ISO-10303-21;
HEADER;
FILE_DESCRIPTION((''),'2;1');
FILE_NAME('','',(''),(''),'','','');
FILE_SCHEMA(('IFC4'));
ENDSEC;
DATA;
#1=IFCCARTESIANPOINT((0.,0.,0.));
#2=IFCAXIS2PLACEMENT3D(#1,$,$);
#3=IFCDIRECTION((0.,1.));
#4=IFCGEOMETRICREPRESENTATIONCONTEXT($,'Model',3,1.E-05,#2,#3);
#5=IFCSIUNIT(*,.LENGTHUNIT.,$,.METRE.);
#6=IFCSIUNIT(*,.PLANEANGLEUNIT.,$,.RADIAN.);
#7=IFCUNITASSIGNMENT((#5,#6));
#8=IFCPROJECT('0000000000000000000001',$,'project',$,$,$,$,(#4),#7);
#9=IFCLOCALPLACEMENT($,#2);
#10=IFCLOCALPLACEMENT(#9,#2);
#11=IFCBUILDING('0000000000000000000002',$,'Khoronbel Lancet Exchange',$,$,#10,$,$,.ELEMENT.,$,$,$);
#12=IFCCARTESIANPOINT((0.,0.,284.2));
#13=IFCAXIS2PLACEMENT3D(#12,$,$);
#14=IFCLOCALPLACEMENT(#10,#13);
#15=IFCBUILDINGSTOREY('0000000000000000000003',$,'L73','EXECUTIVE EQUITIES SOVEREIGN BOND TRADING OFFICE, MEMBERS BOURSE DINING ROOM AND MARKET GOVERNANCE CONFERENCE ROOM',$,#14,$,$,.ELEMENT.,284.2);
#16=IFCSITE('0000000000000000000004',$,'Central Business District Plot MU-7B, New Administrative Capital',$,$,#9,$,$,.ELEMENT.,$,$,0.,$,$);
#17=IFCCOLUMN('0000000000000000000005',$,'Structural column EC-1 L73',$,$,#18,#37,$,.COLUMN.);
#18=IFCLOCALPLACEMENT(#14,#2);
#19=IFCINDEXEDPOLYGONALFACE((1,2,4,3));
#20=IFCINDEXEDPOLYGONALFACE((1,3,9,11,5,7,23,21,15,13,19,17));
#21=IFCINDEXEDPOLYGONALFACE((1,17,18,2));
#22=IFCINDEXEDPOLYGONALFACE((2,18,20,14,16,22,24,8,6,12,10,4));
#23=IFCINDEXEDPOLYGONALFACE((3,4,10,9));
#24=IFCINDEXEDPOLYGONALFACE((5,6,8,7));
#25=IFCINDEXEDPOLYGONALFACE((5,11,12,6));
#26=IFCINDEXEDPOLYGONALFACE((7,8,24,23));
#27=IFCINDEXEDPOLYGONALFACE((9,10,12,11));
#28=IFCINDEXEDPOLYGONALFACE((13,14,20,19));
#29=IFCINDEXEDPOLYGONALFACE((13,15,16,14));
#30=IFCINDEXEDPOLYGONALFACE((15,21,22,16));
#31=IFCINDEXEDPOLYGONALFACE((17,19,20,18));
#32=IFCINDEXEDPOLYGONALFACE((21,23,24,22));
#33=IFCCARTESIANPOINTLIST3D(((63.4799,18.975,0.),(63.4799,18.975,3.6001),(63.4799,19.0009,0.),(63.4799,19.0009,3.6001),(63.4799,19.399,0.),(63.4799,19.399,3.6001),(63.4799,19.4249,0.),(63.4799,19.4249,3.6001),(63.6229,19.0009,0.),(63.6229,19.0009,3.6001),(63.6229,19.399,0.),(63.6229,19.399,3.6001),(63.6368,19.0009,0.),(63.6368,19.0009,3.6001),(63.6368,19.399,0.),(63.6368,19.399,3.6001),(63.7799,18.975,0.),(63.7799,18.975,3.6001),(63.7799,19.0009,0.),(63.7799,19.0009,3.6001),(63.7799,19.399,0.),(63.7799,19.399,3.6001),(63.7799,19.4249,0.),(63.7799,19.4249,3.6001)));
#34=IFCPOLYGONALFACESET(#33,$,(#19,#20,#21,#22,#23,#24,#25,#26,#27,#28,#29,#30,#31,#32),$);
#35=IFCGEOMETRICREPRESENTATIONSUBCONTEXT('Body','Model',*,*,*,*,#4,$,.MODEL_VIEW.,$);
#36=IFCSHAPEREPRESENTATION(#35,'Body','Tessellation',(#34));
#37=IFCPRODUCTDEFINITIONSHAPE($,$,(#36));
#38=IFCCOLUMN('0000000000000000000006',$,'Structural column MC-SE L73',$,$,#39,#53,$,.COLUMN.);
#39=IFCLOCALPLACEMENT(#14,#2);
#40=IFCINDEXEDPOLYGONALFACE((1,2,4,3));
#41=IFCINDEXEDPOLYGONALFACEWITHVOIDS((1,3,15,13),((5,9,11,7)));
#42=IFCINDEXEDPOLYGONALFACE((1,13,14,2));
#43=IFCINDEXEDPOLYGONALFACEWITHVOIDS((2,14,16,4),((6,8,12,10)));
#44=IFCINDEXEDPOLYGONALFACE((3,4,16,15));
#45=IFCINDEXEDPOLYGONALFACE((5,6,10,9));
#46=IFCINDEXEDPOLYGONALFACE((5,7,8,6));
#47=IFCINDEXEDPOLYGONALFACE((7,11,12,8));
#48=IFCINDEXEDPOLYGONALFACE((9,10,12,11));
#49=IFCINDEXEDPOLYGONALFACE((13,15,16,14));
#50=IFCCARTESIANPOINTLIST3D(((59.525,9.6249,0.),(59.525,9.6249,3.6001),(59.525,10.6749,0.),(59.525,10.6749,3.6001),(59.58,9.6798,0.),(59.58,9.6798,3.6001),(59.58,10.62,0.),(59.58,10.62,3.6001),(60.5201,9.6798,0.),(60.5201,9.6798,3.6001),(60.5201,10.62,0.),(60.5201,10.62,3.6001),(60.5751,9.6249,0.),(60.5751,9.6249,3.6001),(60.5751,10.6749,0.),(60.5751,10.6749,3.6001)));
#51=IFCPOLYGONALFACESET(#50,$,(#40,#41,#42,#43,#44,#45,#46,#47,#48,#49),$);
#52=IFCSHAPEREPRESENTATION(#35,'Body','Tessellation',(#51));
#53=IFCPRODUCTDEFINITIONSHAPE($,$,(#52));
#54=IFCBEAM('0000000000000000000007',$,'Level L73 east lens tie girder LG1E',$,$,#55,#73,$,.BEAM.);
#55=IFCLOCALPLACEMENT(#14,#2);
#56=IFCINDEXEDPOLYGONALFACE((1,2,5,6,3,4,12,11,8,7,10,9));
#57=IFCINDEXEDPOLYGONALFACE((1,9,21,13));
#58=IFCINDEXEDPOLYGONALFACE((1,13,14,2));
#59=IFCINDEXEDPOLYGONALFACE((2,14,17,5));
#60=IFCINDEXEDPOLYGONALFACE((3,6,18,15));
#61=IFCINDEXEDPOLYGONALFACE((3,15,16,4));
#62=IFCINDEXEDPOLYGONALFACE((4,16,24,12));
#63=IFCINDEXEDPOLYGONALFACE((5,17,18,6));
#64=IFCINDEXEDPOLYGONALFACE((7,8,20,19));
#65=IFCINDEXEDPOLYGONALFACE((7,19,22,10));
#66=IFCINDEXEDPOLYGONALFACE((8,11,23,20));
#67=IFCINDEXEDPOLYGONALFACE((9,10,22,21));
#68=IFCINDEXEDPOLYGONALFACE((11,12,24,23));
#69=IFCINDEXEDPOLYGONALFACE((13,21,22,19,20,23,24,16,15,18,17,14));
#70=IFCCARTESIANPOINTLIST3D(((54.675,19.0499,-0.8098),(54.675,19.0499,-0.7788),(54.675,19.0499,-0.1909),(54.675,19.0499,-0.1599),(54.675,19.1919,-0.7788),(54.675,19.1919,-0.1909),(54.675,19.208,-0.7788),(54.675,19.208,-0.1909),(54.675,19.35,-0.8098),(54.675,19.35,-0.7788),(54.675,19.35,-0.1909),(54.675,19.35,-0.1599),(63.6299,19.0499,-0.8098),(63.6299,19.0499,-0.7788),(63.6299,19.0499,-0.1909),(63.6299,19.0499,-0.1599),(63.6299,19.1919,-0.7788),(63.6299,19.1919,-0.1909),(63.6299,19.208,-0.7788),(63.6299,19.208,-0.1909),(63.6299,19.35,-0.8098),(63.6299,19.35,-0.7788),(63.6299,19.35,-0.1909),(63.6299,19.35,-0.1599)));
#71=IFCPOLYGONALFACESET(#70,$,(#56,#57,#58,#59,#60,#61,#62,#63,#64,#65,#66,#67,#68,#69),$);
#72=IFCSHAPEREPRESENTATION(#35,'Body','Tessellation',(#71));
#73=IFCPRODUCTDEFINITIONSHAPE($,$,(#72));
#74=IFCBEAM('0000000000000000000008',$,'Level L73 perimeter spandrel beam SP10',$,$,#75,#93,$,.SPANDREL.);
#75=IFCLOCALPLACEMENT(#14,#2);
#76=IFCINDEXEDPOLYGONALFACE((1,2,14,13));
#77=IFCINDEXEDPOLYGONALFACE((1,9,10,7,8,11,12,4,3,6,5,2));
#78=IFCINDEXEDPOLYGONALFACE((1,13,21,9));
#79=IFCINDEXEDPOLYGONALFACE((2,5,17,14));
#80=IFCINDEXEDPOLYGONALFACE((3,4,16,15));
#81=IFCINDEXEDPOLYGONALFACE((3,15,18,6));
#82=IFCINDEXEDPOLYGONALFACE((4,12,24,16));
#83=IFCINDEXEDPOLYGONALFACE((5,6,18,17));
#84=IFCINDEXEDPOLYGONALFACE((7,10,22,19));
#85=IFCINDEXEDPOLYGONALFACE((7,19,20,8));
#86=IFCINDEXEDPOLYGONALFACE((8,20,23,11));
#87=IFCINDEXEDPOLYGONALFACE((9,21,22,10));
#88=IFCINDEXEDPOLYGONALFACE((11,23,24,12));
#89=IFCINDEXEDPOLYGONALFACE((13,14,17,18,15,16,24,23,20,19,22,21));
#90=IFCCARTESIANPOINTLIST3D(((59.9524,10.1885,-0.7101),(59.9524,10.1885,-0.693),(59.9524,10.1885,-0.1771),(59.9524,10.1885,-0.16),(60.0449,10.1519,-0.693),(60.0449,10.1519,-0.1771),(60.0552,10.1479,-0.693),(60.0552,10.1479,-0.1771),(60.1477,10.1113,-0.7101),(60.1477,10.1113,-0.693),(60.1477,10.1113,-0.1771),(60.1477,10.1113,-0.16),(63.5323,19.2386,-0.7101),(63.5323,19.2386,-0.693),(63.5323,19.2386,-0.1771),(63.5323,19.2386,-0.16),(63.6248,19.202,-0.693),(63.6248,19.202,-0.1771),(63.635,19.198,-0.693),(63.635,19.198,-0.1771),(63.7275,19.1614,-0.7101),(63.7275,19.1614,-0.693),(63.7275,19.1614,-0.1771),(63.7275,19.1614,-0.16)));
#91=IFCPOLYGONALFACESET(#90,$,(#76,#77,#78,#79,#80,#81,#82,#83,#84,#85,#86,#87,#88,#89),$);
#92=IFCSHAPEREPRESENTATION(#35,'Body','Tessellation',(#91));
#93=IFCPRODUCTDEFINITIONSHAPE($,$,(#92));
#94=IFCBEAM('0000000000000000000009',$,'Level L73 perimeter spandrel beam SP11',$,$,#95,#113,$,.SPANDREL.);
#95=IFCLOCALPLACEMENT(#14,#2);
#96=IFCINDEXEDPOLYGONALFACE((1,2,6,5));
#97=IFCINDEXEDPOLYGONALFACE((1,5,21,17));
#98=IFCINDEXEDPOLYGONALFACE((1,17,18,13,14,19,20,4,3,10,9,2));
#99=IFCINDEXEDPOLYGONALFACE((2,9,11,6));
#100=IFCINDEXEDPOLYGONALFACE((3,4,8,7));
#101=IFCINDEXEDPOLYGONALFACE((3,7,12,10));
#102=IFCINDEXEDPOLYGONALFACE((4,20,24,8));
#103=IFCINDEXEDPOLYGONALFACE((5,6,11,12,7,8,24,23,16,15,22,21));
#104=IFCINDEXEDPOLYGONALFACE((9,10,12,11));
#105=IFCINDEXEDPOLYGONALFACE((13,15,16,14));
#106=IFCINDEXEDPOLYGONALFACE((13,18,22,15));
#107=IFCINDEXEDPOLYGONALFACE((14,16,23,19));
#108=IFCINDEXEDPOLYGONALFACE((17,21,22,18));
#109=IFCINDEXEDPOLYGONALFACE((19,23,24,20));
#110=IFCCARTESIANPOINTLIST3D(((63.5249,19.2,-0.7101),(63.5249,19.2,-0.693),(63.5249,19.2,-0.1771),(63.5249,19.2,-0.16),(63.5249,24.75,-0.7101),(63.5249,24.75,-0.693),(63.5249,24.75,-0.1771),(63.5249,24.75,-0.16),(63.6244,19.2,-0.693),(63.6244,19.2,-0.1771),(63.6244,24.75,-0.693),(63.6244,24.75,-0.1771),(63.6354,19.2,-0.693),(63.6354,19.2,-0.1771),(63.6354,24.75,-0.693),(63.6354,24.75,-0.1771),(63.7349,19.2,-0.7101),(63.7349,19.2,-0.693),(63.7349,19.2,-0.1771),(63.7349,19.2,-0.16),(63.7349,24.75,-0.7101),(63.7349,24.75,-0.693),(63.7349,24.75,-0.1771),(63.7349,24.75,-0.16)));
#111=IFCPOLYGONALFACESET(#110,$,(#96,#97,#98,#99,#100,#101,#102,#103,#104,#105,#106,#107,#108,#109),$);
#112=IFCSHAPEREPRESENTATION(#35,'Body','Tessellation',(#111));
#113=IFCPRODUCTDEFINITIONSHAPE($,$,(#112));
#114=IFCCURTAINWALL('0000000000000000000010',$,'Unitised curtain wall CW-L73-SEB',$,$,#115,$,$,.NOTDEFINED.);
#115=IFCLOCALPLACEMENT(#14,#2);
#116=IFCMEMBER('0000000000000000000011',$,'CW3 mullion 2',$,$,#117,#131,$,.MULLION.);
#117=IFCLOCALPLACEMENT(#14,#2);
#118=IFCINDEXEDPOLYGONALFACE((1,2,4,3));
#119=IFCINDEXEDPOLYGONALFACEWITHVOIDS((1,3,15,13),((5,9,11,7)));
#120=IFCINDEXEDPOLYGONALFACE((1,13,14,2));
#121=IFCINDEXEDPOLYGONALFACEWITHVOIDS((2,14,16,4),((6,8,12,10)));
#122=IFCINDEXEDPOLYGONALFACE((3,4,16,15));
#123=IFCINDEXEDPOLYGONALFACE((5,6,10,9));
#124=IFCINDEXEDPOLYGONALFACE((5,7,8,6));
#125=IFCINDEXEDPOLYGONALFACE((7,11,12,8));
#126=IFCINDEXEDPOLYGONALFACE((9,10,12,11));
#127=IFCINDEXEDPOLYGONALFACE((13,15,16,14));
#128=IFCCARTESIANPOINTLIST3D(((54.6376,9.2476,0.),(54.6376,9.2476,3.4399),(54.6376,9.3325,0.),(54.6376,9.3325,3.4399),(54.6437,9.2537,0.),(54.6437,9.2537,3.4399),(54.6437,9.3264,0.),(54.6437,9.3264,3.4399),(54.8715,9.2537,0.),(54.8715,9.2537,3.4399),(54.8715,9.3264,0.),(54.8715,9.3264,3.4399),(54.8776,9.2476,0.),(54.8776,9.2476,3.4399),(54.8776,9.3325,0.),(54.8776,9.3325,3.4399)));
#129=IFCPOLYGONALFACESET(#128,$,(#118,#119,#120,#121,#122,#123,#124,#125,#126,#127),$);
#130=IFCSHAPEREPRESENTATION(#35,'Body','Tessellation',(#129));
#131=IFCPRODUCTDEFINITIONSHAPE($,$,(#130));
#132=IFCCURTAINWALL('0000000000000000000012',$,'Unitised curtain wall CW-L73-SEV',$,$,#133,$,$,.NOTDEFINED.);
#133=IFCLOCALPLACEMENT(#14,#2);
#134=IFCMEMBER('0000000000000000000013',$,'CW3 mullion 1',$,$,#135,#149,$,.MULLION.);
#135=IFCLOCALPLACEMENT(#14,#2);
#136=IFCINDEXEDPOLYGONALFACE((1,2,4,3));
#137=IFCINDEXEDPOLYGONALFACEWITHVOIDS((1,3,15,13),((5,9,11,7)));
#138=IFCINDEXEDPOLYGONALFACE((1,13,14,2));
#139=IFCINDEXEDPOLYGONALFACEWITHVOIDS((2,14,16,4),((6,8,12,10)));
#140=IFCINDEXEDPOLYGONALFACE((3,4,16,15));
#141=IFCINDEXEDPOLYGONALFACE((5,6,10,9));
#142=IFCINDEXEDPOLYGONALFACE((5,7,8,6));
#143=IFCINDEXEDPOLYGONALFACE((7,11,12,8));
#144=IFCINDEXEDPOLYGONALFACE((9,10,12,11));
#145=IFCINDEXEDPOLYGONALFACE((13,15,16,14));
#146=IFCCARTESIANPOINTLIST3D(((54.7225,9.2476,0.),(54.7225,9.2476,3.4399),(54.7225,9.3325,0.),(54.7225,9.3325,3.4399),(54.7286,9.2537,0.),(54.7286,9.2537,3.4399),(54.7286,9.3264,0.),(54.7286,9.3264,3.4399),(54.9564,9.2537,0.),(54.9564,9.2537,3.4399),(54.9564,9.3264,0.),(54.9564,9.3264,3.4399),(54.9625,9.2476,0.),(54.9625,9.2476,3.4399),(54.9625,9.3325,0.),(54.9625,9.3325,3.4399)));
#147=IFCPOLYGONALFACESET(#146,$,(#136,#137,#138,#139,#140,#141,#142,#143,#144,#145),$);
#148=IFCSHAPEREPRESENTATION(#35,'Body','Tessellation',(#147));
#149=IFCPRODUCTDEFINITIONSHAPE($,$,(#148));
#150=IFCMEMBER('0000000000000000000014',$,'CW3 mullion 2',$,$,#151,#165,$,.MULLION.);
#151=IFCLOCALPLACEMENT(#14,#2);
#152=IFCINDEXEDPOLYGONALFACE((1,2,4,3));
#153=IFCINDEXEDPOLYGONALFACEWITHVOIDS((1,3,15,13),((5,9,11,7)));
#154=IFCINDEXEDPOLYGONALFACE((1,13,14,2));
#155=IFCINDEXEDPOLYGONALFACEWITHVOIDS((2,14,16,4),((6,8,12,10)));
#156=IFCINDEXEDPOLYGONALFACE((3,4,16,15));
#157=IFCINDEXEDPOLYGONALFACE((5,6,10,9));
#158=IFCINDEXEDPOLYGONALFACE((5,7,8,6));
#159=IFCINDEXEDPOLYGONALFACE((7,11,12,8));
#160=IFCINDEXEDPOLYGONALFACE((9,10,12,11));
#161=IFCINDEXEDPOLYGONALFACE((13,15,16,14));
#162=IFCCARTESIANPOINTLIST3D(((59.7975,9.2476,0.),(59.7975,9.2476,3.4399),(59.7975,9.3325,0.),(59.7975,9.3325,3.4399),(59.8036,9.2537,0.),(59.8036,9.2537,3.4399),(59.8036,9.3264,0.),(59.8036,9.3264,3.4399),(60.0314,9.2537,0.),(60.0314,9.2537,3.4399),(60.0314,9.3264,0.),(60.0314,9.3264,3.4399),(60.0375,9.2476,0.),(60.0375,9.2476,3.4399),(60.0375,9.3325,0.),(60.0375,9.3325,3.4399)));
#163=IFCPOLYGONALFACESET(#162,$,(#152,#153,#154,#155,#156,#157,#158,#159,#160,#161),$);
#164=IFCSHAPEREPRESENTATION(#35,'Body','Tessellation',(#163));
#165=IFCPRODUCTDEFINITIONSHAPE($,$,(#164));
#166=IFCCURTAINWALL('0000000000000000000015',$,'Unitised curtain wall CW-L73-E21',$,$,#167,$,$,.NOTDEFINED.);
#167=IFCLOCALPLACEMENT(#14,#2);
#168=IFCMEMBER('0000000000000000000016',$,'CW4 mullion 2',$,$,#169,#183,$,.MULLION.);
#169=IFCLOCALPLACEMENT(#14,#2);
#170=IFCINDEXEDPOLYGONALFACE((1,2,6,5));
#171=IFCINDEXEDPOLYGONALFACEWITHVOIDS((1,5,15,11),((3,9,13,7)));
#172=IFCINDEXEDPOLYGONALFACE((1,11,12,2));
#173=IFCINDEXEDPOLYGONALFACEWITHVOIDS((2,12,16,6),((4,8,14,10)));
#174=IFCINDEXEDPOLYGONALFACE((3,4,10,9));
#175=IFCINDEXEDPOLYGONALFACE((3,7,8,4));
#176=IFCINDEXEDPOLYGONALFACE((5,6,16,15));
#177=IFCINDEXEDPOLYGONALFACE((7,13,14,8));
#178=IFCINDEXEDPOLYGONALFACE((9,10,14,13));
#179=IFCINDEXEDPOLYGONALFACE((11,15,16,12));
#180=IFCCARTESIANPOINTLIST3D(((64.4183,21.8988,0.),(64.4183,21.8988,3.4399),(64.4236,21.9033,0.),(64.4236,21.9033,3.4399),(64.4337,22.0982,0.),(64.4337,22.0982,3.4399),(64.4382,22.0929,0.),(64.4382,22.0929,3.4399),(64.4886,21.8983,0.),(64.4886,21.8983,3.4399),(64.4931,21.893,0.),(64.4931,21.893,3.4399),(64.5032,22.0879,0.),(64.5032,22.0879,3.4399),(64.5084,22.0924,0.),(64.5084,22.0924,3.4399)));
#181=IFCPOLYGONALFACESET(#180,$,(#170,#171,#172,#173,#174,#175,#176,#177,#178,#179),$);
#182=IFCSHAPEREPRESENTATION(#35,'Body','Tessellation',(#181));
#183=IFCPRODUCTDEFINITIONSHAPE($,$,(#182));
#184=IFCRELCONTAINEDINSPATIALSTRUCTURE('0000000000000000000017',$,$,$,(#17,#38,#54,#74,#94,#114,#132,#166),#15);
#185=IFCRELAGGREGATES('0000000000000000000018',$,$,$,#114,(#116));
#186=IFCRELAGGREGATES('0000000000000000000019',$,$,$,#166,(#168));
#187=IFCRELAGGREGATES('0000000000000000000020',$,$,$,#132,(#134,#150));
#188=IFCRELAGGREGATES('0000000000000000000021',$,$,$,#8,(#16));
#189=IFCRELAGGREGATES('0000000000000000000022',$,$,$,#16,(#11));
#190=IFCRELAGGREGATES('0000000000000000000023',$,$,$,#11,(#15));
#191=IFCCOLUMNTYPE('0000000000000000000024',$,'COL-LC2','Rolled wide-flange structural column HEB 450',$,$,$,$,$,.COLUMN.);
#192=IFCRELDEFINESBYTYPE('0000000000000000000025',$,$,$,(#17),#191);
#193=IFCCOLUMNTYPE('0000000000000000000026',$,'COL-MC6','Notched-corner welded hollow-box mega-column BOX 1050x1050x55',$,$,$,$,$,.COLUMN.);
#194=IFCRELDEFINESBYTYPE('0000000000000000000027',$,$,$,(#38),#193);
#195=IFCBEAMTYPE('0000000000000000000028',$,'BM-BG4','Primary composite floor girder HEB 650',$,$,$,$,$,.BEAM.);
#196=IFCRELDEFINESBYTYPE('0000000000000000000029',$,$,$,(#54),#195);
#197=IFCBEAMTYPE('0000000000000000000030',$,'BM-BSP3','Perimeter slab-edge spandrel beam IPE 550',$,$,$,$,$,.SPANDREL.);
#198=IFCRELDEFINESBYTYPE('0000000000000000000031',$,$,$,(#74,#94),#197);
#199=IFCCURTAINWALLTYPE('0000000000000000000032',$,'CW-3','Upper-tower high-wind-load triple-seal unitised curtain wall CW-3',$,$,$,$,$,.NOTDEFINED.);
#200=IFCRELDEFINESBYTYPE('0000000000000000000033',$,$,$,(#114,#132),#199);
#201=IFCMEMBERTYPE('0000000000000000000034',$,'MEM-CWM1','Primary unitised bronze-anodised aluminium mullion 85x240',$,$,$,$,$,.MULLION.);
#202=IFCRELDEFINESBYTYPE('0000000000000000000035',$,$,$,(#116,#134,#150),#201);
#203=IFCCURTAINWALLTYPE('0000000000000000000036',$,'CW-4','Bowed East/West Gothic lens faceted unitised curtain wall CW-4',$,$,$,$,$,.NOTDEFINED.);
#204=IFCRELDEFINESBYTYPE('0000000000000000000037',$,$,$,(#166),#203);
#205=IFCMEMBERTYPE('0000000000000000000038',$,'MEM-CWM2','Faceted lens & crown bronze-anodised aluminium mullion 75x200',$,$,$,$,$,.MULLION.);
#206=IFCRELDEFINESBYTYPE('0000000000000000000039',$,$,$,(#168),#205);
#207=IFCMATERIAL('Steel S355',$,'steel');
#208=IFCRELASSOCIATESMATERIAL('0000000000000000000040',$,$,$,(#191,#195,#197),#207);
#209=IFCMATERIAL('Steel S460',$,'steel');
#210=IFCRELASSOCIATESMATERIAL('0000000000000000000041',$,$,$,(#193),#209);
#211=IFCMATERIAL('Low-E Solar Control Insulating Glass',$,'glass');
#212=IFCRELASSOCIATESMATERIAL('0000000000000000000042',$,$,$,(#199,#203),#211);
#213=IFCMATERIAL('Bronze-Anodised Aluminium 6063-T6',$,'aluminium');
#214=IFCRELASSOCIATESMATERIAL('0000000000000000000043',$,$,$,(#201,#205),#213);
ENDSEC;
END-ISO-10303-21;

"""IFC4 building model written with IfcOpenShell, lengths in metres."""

from ifc_helpers import new_model, si_unit, direction, frame, origin, origin_2d, place, context, subcontext, project, spatial, hollow_rectangle, i_section, extrude, material, material_profile, profile_set, type_object, element, aggregate, save


model = new_model("IFC4")

# Units and contexts
model_context = context("Model", 3, precision=1e-05, world=origin(), true_north=direction((0.0, 1.0)))
body_context = subcontext(model_context, "Body", "Model", "MODEL_VIEW")
ifc_project = project(units=[si_unit("LENGTHUNIT", "METRE"), si_unit("PLANEANGLEUNIT", "RADIAN")], contexts=[model_context])

# Site, building, storey
site_placement = place(None, origin())
site = spatial("IfcSite", under=ifc_project, at=site_placement, Name="Central Business District Plot MU-7B, New Administrative Capital", CompositionType="ELEMENT", RefElevation=0.0)
building_placement = place(site_placement, origin())
building = spatial("IfcBuilding", under=site, at=building_placement, Name="Khoronbel Lancet Exchange", CompositionType="ELEMENT")
storey_placement = place(building_placement, frame((0.0, 0.0, 284.2)))
storey = spatial("IfcBuildingStorey", under=building, at=storey_placement, Name="L73", Description="EXECUTIVE EQUITIES SOVEREIGN BOND TRADING OFFICE, MEMBERS BOURSE DINING ROOM AND MARKET GOVERNANCE CONFERENCE ROOM", CompositionType="ELEMENT", Elevation=284.2)

# Columns
ifc_material_1 = material(Name="Steel S355", Category="steel")
ifc_material_profile_1 = material_profile(ifc_material_1, i_section(OverallWidth=0.3, OverallDepth=0.45, WebThickness=0.0139, FlangeThickness=0.0259, at=origin_2d()), Name="HEB 450")
ifc_profile_set_1 = profile_set([ifc_material_profile_1], Name="Steel S355")
column_type_1 = type_object("IfcColumnType", Name="COL-LC2", Description="Rolled wide-flange structural column HEB 450", PredefinedType="COLUMN", material=ifc_profile_set_1)
column_1_placement = place(storey_placement, frame((63.6299, 19.2, 0.0), z_axis=(0.0, 0.0, 1.0), x_axis=(1.0, 0.0, 0.0)))
element("IfcColumn", 1, at=column_1_placement, inside=storey, type_object=column_type_1, Name="Structural column EC-1 L73", PredefinedType="COLUMN", context=body_context, shape_type="SweptSolid", body=[
    extrude(i_section(OverallWidth=0.3, OverallDepth=0.45, WebThickness=0.0139, FlangeThickness=0.0259, at=origin_2d()), origin(), (0.0, 0.0, 1.0), 3.6001),
])
ifc_material_2 = material(Name="Steel S460", Category="steel")
ifc_material_profile_2 = material_profile(ifc_material_2, hollow_rectangle(XDim=1.05, YDim=1.05, WallThickness=0.0549, at=origin_2d()), Name="BOX 1050x1050x55")
ifc_profile_set_2 = profile_set([ifc_material_profile_2], Name="Steel S460")
column_type_2 = type_object("IfcColumnType", Name="COL-MC6", Description="Notched-corner welded hollow-box mega-column BOX 1050x1050x55", PredefinedType="COLUMN", material=ifc_profile_set_2)
column_2_placement = place(storey_placement, frame((60.05, 10.1499, 0.0), z_axis=(0.0, 0.0, 1.0), x_axis=(1.0, 0.0, 0.0)))
element("IfcColumn", 2, at=column_2_placement, inside=storey, type_object=column_type_2, Name="Structural column MC-SE L73", PredefinedType="COLUMN", context=body_context, shape_type="SweptSolid", body=[
    extrude(hollow_rectangle(XDim=1.05, YDim=1.05, WallThickness=0.0549, at=origin_2d()), origin(), (0.0, 0.0, 1.0), 3.6001),
])

# Beams
ifc_material_profile_3 = material_profile(ifc_material_1, i_section(OverallWidth=0.3, OverallDepth=0.6499, WebThickness=0.0161, FlangeThickness=0.031, at=origin_2d()), Name="HEB 650")
ifc_profile_set_3 = profile_set([ifc_material_profile_3], Name="Steel S355")
beam_type_1 = type_object("IfcBeamType", Name="BM-BG4", Description="Primary composite floor girder HEB 650", PredefinedType="BEAM", material=ifc_profile_set_3)
beam_1_placement = place(storey_placement, frame((54.675, 19.2, -0.4849), z_axis=(1.0, 0.0, 0.0), x_axis=(0.0, 1.0, 0.0)))
element("IfcBeam", 3, at=beam_1_placement, inside=storey, type_object=beam_type_1, Name="Level L73 east lens tie girder LG1E", PredefinedType="BEAM", context=body_context, shape_type="SweptSolid", body=[
    extrude(i_section(OverallWidth=0.3, OverallDepth=0.6499, WebThickness=0.0161, FlangeThickness=0.031, at=origin_2d()), origin(), (0.0, 0.0, 1.0), 8.9548),
])
ifc_material_profile_4 = material_profile(ifc_material_1, i_section(OverallWidth=0.21, OverallDepth=0.55, WebThickness=0.011, FlangeThickness=0.0171, at=origin_2d()), Name="IPE 550")
ifc_profile_set_4 = profile_set([ifc_material_profile_4], Name="Steel S355")
beam_type_2 = type_object("IfcBeamType", Name="BM-BSP3", Description="Perimeter slab-edge spandrel beam IPE 550", PredefinedType="SPANDREL", material=ifc_profile_set_4)
beam_2_placement = place(storey_placement, frame((60.05, 10.1499, -0.4351), z_axis=(0.367828, 0.929894, 0.0), x_axis=(-0.929894, 0.367828, 0.0)))
element("IfcBeam", 4, at=beam_2_placement, inside=storey, type_object=beam_type_2, Name="Level L73 perimeter spandrel beam SP10", PredefinedType="SPANDREL", context=body_context, shape_type="SweptSolid", body=[
    extrude(i_section(OverallWidth=0.21, OverallDepth=0.55, WebThickness=0.011, FlangeThickness=0.0171, at=origin_2d()), origin(), (0.0, 0.0, 1.0), 9.7324),
])
beam_3_placement = place(storey_placement, frame((63.6299, 19.2, -0.4351), z_axis=(0.0, 1.0, 0.0), x_axis=(-1.0, 0.0, 0.0)))
element("IfcBeam", 5, at=beam_3_placement, inside=storey, type_object=beam_type_2, Name="Level L73 perimeter spandrel beam SP11", PredefinedType="SPANDREL", context=body_context, shape_type="SweptSolid", body=[
    extrude(i_section(OverallWidth=0.21, OverallDepth=0.55, WebThickness=0.011, FlangeThickness=0.0171, at=origin_2d()), origin(), (0.0, 0.0, 1.0), 5.55),
])

# Curtain wall, member
ifc_material_3 = material(Name="Low-E Solar Control Insulating Glass", Category="glass")
curtain_wall_type_1 = type_object("IfcCurtainWallType", Name="CW-3", Description="Upper-tower high-wind-load triple-seal unitised curtain wall CW-3", PredefinedType="NOTDEFINED", material=ifc_material_3)
curtain_wall_1_placement = place(storey_placement, origin())
curtain_wall_1 = element("IfcCurtainWall", 6, at=curtain_wall_1_placement, inside=storey, type_object=curtain_wall_type_1, Name="Unitised curtain wall CW-L73-SEB", PredefinedType="NOTDEFINED")
ifc_material_4 = material(Name="Bronze-Anodised Aluminium 6063-T6", Category="aluminium")
ifc_material_profile_5 = material_profile(ifc_material_4, hollow_rectangle(XDim=0.085, YDim=0.24, WallThickness=0.0061, at=origin_2d()), Name="ALU MULLION 85x240")
ifc_profile_set_5 = profile_set([ifc_material_profile_5], Name="Bronze-Anodised Aluminium 6063-T6")
member_type_1 = type_object("IfcMemberType", Name="MEM-CWM1", Description="Primary unitised bronze-anodised aluminium mullion 85x240", PredefinedType="MULLION", material=ifc_profile_set_5)
member_1_placement = place(storey_placement, frame((54.7576, 9.29, 0.0), z_axis=(0.0, 0.0, 1.0), x_axis=(0.0, 1.0, 0.0)))
member_1 = element("IfcMember", 7, at=member_1_placement, type_object=member_type_1, Name="CW3 mullion 2", PredefinedType="MULLION", context=body_context, shape_type="SweptSolid", body=[
    extrude(hollow_rectangle(XDim=0.085, YDim=0.24, WallThickness=0.0061, at=origin_2d()), origin(), (0.0, 0.0, 1.0), 3.4399),
])
aggregate(curtain_wall_1, [member_1])

# Curtain wall, members
curtain_wall_2_placement = place(storey_placement, origin())
curtain_wall_2 = element("IfcCurtainWall", 8, at=curtain_wall_2_placement, inside=storey, type_object=curtain_wall_type_1, Name="Unitised curtain wall CW-L73-SEV", PredefinedType="NOTDEFINED")
member_2_placement = place(storey_placement, frame((54.8425, 9.29, 0.0), z_axis=(0.0, 0.0, 1.0), x_axis=(0.0, 1.0, 0.0)))
member_2 = element("IfcMember", 9, at=member_2_placement, type_object=member_type_1, Name="CW3 mullion 1", PredefinedType="MULLION", context=body_context, shape_type="SweptSolid", body=[
    extrude(hollow_rectangle(XDim=0.085, YDim=0.24, WallThickness=0.0061, at=origin_2d()), origin(), (0.0, 0.0, 1.0), 3.4399),
])
member_3_placement = place(storey_placement, frame((59.9175, 9.29, 0.0), z_axis=(0.0, 0.0, 1.0), x_axis=(0.0, 1.0, 0.0)))
member_3 = element("IfcMember", 10, at=member_3_placement, type_object=member_type_1, Name="CW3 mullion 2", PredefinedType="MULLION", context=body_context, shape_type="SweptSolid", body=[
    extrude(hollow_rectangle(XDim=0.085, YDim=0.24, WallThickness=0.0061, at=origin_2d()), origin(), (0.0, 0.0, 1.0), 3.4399),
])

# Curtain wall, member
curtain_wall_type_2 = type_object("IfcCurtainWallType", Name="CW-4", Description="Bowed East/West Gothic lens faceted unitised curtain wall CW-4", PredefinedType="NOTDEFINED", material=ifc_material_3)
curtain_wall_3_placement = place(storey_placement, origin())
curtain_wall_3 = element("IfcCurtainWall", 11, at=curtain_wall_3_placement, inside=storey, type_object=curtain_wall_type_2, Name="Unitised curtain wall CW-L73-E21", PredefinedType="NOTDEFINED")
ifc_material_profile_6 = material_profile(ifc_material_4, hollow_rectangle(XDim=0.075, YDim=0.2, WallThickness=0.0049, at=origin_2d()), Name="ALU MULLION 75x200")
ifc_profile_set_6 = profile_set([ifc_material_profile_6], Name="Bronze-Anodised Aluminium 6063-T6")
member_type_2 = type_object("IfcMemberType", Name="MEM-CWM2", Description="Faceted lens & crown bronze-anodised aluminium mullion 75x200", PredefinedType="MULLION", material=ifc_profile_set_6)
member_4_placement = place(storey_placement, frame((64.4634, 21.9956, 0.0), z_axis=(0.0, 0.0, 1.0), x_axis=(0.997045, -0.076819, 0.0)))
member_4 = element("IfcMember", 12, at=member_4_placement, type_object=member_type_2, Name="CW4 mullion 2", PredefinedType="MULLION", context=body_context, shape_type="SweptSolid", body=[
    extrude(hollow_rectangle(XDim=0.075, YDim=0.2, WallThickness=0.0049, at=origin_2d()), origin(), (0.0, 0.0, 1.0), 3.4399),
])

aggregate(curtain_wall_3, [member_4])
aggregate(curtain_wall_2, [member_2, member_3])

save(model, "model.ifc")
